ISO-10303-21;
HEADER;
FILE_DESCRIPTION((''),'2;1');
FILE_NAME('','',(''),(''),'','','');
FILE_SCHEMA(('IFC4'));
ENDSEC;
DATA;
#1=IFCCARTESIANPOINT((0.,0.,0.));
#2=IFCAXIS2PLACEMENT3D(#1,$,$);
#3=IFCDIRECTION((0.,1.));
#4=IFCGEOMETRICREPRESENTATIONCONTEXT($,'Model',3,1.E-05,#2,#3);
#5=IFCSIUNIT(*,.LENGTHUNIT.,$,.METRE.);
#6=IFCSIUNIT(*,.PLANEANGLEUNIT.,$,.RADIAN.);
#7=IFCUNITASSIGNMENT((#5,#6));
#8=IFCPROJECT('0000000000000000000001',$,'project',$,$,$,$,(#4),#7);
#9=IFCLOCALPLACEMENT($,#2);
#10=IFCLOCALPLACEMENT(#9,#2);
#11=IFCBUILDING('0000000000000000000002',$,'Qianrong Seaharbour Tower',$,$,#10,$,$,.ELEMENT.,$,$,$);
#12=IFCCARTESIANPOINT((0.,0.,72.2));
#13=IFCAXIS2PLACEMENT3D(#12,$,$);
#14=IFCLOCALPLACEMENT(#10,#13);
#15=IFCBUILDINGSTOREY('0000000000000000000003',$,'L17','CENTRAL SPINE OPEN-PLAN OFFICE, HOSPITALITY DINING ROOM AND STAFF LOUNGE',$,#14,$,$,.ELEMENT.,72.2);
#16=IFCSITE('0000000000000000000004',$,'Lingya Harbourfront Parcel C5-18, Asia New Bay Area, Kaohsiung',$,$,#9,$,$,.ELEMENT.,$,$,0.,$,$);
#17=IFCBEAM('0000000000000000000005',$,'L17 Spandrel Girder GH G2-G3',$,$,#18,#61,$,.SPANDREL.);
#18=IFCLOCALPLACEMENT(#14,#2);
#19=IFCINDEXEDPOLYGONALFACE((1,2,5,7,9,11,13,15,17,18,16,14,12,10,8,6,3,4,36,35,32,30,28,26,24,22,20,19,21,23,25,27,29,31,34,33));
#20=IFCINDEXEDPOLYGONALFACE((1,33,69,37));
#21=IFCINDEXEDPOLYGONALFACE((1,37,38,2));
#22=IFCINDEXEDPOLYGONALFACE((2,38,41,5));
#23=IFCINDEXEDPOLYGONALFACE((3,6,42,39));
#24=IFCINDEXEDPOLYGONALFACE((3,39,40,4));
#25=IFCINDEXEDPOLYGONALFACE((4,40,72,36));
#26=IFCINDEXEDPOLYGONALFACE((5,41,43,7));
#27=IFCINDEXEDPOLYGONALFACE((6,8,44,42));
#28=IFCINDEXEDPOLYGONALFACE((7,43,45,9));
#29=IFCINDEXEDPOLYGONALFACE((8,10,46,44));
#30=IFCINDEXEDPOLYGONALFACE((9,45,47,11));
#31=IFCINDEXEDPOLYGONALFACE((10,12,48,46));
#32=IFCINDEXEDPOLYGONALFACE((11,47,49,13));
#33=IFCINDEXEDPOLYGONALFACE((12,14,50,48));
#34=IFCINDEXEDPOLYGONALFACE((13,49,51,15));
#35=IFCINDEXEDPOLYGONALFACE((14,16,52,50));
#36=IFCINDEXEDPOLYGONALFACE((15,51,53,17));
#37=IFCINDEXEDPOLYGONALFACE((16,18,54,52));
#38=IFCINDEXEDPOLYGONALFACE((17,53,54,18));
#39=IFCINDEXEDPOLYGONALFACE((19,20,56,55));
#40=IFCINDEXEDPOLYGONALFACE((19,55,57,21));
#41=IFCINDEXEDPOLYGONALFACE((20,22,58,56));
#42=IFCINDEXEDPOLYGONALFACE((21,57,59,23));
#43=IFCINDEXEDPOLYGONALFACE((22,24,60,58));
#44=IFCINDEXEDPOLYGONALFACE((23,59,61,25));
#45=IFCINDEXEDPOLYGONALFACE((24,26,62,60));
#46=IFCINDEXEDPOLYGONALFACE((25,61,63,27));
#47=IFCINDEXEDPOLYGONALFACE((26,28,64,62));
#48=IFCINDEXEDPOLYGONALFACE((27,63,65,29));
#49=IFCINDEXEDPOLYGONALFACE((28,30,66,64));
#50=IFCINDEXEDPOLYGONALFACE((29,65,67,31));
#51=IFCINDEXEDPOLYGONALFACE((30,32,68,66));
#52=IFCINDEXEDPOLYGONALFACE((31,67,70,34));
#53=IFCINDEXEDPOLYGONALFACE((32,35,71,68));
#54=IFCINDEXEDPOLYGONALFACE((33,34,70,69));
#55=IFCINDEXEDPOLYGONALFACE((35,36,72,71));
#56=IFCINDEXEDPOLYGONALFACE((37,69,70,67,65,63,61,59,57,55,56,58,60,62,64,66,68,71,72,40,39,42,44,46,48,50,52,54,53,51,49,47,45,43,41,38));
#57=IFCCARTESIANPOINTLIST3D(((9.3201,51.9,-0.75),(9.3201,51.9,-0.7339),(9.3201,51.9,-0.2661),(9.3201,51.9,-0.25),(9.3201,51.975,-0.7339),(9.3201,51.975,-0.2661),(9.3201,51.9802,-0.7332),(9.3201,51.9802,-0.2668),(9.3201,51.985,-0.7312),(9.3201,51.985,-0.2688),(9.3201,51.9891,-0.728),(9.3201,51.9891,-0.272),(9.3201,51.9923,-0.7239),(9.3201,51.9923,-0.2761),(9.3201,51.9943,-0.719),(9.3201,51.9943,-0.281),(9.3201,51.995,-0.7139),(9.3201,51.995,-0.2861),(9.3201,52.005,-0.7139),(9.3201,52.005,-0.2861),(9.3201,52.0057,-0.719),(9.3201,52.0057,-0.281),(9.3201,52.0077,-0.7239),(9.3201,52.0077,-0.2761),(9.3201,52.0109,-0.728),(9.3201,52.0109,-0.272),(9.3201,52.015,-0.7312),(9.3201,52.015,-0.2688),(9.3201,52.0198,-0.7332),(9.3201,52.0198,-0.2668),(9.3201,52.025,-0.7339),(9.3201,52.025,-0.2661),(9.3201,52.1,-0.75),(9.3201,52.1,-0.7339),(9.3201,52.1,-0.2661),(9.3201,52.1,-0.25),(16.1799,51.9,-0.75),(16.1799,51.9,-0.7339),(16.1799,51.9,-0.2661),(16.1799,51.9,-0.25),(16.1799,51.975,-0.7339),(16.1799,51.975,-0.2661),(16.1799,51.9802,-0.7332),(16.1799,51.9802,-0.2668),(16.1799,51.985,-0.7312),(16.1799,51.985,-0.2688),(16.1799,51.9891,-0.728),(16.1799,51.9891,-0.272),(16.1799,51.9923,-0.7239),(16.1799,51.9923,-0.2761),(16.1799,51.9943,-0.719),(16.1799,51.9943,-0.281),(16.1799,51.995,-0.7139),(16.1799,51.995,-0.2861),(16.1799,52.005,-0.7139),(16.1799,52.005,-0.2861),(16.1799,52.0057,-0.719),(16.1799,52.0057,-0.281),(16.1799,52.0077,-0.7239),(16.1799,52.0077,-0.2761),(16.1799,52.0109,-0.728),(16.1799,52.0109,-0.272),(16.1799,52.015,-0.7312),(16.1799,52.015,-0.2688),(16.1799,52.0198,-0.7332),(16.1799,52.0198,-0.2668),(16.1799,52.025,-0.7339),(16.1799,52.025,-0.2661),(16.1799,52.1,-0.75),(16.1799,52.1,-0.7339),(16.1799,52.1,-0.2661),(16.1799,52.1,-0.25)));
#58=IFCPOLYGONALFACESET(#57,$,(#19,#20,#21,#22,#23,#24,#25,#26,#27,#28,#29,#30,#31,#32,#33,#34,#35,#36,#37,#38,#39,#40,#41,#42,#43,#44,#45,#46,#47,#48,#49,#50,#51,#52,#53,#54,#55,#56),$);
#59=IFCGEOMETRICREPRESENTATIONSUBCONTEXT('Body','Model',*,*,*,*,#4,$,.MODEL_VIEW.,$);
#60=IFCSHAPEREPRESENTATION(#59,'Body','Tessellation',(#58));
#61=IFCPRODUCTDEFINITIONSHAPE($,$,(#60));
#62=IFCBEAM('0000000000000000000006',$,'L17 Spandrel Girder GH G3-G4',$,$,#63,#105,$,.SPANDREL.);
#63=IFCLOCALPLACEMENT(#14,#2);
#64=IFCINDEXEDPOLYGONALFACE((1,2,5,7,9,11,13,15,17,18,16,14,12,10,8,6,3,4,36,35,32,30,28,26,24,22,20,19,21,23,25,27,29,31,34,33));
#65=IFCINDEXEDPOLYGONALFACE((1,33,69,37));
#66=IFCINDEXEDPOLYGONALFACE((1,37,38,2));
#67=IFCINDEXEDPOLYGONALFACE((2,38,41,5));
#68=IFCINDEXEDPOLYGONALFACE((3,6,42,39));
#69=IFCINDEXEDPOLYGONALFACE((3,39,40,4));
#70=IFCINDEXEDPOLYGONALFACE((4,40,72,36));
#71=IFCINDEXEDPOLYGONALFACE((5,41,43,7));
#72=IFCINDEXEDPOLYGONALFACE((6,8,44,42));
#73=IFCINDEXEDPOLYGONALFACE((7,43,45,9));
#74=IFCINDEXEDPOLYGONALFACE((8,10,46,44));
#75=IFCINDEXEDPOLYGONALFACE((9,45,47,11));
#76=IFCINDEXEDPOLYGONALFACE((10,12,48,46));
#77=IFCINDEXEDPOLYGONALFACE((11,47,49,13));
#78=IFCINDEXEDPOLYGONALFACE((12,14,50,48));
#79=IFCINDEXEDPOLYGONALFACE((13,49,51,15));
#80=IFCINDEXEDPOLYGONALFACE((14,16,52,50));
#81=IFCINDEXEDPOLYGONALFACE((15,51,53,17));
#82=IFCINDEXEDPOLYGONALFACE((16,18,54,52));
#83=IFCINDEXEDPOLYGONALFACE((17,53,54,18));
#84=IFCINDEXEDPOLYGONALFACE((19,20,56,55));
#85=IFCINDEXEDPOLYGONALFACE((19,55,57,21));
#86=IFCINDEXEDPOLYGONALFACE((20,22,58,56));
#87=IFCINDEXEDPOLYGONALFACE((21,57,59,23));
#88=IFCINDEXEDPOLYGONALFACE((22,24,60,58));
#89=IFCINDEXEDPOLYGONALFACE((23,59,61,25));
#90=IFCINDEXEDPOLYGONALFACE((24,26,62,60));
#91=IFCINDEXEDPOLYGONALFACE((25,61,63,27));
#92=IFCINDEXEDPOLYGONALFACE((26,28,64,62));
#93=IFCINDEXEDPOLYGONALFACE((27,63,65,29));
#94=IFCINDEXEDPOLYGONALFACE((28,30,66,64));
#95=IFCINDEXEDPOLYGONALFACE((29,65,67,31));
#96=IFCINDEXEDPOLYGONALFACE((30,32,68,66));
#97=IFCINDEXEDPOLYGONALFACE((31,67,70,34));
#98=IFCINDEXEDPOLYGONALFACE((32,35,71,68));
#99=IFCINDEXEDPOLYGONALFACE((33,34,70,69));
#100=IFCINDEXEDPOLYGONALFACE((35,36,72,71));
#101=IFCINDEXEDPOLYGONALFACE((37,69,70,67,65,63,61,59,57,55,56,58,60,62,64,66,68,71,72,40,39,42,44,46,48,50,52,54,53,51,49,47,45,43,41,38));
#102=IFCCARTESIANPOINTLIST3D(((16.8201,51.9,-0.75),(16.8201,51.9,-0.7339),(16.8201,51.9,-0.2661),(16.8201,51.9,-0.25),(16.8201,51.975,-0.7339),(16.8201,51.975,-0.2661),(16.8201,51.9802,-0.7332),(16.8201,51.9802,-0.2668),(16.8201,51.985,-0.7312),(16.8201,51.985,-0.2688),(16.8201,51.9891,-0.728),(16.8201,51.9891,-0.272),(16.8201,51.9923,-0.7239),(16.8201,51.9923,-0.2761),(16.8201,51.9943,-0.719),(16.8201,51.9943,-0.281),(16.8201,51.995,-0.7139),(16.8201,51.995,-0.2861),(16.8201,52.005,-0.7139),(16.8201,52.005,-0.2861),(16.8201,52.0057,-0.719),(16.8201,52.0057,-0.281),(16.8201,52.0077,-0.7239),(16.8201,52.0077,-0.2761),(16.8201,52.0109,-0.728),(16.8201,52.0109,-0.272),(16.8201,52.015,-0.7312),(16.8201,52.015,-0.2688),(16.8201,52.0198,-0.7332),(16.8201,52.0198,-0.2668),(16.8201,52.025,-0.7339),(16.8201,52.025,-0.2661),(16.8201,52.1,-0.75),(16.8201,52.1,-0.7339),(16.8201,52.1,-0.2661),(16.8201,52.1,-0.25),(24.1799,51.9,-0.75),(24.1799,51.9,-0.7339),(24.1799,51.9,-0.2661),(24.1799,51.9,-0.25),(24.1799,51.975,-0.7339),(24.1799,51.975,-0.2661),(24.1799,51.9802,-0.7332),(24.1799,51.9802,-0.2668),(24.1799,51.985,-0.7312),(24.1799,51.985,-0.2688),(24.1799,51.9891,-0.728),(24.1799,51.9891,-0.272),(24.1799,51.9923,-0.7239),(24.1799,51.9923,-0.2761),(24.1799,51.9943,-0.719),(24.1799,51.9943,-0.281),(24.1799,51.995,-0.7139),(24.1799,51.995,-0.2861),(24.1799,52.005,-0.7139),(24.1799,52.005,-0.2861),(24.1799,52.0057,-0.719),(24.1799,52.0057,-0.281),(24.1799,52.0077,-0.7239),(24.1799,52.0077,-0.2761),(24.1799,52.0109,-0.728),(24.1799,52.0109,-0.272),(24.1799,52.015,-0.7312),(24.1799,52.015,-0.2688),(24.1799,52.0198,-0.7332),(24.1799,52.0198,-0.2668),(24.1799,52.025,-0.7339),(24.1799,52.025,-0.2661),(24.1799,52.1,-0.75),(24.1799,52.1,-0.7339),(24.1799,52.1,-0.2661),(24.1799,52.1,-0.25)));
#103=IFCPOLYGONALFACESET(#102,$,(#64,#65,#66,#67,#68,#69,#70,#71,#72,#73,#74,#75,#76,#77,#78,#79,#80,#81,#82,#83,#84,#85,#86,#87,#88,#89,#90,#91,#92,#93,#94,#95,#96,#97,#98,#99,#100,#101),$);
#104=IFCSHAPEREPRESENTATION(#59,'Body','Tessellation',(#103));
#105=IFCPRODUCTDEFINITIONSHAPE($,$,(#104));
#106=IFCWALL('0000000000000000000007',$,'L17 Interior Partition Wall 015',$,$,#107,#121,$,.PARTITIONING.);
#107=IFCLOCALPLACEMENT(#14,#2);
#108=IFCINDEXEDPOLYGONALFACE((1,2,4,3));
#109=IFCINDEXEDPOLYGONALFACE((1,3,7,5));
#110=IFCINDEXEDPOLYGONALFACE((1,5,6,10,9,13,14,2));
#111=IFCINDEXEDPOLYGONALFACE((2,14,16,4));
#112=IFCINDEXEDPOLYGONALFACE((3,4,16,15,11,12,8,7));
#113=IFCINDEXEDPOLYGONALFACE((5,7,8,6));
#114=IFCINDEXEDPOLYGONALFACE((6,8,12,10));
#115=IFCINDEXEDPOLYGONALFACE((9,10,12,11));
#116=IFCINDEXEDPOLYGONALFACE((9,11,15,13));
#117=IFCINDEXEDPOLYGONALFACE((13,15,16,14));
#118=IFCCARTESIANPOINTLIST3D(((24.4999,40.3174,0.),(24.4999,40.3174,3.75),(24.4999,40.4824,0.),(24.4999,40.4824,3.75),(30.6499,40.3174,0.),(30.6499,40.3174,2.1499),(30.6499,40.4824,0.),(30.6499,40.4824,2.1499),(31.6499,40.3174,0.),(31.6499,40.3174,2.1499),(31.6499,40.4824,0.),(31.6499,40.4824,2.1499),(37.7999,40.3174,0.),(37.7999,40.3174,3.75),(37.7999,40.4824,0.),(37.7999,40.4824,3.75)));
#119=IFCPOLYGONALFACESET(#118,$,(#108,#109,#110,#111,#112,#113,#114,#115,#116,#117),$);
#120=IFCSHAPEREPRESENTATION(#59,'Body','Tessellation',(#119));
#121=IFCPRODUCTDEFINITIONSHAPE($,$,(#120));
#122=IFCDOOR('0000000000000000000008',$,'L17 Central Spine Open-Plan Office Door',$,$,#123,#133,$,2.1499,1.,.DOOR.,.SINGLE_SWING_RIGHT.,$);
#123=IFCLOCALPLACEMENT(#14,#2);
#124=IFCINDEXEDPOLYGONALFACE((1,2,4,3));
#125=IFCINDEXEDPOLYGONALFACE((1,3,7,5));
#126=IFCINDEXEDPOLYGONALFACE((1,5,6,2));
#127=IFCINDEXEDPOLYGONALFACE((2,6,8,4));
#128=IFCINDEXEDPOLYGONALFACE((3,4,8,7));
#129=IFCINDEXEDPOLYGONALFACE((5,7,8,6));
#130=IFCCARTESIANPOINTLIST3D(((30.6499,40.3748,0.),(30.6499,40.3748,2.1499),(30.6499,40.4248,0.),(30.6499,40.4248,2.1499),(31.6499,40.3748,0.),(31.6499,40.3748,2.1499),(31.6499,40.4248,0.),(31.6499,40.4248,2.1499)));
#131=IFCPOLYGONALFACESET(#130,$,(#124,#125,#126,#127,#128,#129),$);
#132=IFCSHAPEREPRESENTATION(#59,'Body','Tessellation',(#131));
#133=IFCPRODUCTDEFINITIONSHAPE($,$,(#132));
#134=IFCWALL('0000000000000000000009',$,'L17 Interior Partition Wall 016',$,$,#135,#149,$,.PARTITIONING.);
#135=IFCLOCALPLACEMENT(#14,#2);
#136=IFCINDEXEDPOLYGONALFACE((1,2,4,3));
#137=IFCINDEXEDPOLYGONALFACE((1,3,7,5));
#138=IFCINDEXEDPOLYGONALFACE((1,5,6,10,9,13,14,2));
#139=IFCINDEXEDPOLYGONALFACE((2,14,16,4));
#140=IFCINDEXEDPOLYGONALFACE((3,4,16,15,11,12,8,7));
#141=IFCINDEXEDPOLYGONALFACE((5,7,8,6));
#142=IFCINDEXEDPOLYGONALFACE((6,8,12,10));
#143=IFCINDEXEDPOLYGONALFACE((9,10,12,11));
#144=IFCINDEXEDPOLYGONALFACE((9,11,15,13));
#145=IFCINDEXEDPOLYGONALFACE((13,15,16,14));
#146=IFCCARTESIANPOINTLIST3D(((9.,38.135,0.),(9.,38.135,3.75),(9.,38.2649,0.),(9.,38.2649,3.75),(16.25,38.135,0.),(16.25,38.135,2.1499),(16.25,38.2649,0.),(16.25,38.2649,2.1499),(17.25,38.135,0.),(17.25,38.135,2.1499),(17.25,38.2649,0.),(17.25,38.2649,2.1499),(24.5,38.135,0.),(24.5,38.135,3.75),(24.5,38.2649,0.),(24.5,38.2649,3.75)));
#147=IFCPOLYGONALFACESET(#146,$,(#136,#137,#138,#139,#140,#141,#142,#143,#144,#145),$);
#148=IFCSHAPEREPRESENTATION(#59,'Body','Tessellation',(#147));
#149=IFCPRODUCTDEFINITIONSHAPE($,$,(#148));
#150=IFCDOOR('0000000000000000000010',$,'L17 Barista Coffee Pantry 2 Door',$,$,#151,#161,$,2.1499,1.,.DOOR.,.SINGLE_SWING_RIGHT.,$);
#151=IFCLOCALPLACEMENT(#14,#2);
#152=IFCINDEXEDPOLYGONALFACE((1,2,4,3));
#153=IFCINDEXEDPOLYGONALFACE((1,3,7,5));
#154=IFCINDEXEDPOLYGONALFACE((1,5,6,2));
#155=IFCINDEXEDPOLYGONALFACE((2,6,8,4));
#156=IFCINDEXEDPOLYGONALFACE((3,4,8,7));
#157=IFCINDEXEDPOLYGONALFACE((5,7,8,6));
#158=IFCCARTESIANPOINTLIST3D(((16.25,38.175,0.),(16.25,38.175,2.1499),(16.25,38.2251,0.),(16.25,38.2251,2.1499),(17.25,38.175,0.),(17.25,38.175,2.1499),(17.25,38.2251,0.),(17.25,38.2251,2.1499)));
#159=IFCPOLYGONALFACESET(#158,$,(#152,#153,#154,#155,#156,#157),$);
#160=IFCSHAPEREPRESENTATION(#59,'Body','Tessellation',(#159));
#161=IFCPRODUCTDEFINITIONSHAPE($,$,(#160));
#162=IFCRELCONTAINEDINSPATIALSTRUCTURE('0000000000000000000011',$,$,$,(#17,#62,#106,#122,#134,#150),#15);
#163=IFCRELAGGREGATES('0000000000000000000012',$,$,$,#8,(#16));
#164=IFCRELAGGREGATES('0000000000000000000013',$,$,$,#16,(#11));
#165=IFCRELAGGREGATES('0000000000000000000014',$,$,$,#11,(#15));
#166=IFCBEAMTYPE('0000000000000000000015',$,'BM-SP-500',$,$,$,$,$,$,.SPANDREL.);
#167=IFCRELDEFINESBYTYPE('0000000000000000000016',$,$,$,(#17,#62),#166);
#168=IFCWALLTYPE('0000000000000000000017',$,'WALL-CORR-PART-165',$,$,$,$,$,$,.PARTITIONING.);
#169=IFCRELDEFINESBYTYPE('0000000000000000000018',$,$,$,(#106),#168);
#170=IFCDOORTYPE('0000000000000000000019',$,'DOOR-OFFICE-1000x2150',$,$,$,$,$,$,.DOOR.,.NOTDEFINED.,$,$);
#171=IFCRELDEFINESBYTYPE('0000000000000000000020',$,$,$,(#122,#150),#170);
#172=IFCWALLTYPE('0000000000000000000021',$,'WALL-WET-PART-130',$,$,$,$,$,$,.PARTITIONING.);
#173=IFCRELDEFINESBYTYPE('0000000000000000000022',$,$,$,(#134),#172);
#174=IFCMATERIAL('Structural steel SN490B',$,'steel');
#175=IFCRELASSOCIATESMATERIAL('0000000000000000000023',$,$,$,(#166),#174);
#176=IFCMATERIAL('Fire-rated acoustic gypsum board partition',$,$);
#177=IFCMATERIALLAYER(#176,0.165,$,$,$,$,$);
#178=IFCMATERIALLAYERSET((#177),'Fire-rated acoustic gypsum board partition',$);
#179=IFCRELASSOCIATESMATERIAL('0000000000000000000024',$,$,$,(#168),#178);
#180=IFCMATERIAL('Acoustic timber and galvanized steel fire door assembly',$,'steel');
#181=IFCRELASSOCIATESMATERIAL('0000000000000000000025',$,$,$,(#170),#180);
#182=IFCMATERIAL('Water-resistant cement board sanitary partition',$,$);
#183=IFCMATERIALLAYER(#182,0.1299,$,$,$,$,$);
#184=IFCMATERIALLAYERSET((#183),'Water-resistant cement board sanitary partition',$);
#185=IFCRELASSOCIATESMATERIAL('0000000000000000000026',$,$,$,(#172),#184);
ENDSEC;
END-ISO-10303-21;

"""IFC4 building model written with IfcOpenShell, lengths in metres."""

from ifc_helpers import new_model, si_unit, direction, frame, frame_2d, origin, origin_2d, place, context, subcontext, project, spatial, rectangle, i_section, extrude, material, layer, layer_set, material_profile, profile_set, type_object, element, fill, save


model = new_model("IFC4")

# Units and contexts
model_context = context("Model", 3, precision=1e-05, world=origin(), true_north=direction((0.0, 1.0)))
body_context = subcontext(model_context, "Body", "Model", "MODEL_VIEW")
ifc_project = project(units=[si_unit("LENGTHUNIT", "METRE"), si_unit("PLANEANGLEUNIT", "RADIAN")], contexts=[model_context])

# Site, building, storey
site_placement = place(None, origin())
site = spatial("IfcSite", under=ifc_project, at=site_placement, Name="Lingya Harbourfront Parcel C5-18, Asia New Bay Area, Kaohsiung", CompositionType="ELEMENT", RefElevation=0.0)
building_placement = place(site_placement, origin())
building = spatial("IfcBuilding", under=site, at=building_placement, Name="Qianrong Seaharbour Tower", CompositionType="ELEMENT")
storey_placement = place(building_placement, frame((0.0, 0.0, 72.2)))
storey = spatial("IfcBuildingStorey", under=building, at=storey_placement, Name="L17", Description="CENTRAL SPINE OPEN-PLAN OFFICE, HOSPITALITY DINING ROOM AND STAFF LOUNGE", CompositionType="ELEMENT", Elevation=72.2)

# Shared definitions
ifc_material_1 = material(Name="Structural steel SN490B", Category="steel")

# Beams
ifc_material_profile_1 = material_profile(ifc_material_1, i_section(OverallWidth=0.2, OverallDepth=0.5, WebThickness=0.01, FlangeThickness=0.0161, FilletRadius=0.02, at=origin_2d()), Name="H500x200x10x16")
ifc_profile_set_1 = profile_set([ifc_material_profile_1], Name="Structural steel SN490B")
beam_type_1 = type_object("IfcBeamType", Name="BM-SP-500", PredefinedType="SPANDREL", material=ifc_profile_set_1)
beam_1_placement = place(storey_placement, frame((9.3201, 52.0, -0.5), z_axis=(1.0, 0.0, 0.0), x_axis=(0.0, 1.0, 0.0)))
element("IfcBeam", 1, at=beam_1_placement, inside=storey, type_object=beam_type_1, Name="L17 Spandrel Girder GH G2-G3", PredefinedType="SPANDREL", context=body_context, shape_type="SweptSolid", body=[
    extrude(i_section(OverallWidth=0.2, OverallDepth=0.5, WebThickness=0.01, FlangeThickness=0.0161, FilletRadius=0.02, at=origin_2d()), origin(), (0.0, 0.0, 1.0), 6.8599),
])
beam_2_placement = place(storey_placement, frame((16.8201, 52.0, -0.5), z_axis=(1.0, 0.0, 0.0), x_axis=(0.0, 1.0, 0.0)))
element("IfcBeam", 2, at=beam_2_placement, inside=storey, type_object=beam_type_1, Name="L17 Spandrel Girder GH G3-G4", PredefinedType="SPANDREL", context=body_context, shape_type="SweptSolid", body=[
    extrude(i_section(OverallWidth=0.2, OverallDepth=0.5, WebThickness=0.01, FlangeThickness=0.0161, FilletRadius=0.02, at=origin_2d()), origin(), (0.0, 0.0, 1.0), 7.3599),
])

# Walls, openings, doors
ifc_material_2 = material(Name="Fire-rated acoustic gypsum board partition")
ifc_layer_1 = layer(ifc_material_2, 0.165)
ifc_layer_set_1 = layer_set([ifc_layer_1], Name="Fire-rated acoustic gypsum board partition")
wall_type_1 = type_object("IfcWallType", Name="WALL-CORR-PART-165", PredefinedType="PARTITIONING", material=ifc_layer_set_1)
wall_1_placement = place(storey_placement, frame((24.5, 40.3999, 0.0), z_axis=(0.0, 0.0, 1.0), x_axis=(1.0, 0.0, 0.0)))
wall_1 = element("IfcWall", 3, at=wall_1_placement, inside=storey, type_object=wall_type_1, Name="L17 Interior Partition Wall 015", PredefinedType="PARTITIONING", context=body_context, shape_type="SweptSolid", body=[
    extrude(rectangle(XDim=13.3, YDim=0.165, at=frame_2d((6.6499, 0.0))), origin(), (0.0, 0.0, 1.0), 3.75),
])
opening_1_placement = place(wall_1_placement, frame((6.1499, 0.0, 0.0)))
opening_1 = element("IfcOpeningElement", 4, at=opening_1_placement, cuts=wall_1, PredefinedType="OPENING", context=body_context, shape_type="SweptSolid", body=[
    extrude(rectangle(XDim=1.0, YDim=2.1499, at=frame_2d((0.5, 1.075))), frame((0.0, 0.0925, 0.0), z_axis=(0.0, -1.0, 0.0), x_axis=(1.0, 0.0, 0.0)), (0.0, 0.0, 1.0), 0.1851),
])
ifc_material_3 = material(Name="Acoustic timber and galvanized steel fire door assembly", Category="steel")
door_type = type_object("IfcDoorType", Name="DOOR-OFFICE-1000x2150", OperationType="NOTDEFINED", PredefinedType="DOOR", material=ifc_material_3)
door_1_placement = place(opening_1_placement, origin())
door_1 = element("IfcDoor", 5, at=door_1_placement, inside=storey, type_object=door_type, Name="L17 Central Spine Open-Plan Office Door", OperationType="SINGLE_SWING_RIGHT", OverallHeight=2.1499, OverallWidth=1.0, PredefinedType="DOOR", context=body_context, shape_type="SweptSolid", body=[
    extrude(rectangle(XDim=1.0, YDim=2.1499, at=frame_2d((0.5, 1.075))), frame((0.0, 0.0249, 0.0), z_axis=(0.0, -1.0, 0.0), x_axis=(1.0, 0.0, 0.0)), (0.0, 0.0, 1.0), 0.05),
])
fill(opening_1, door_1)
ifc_material_4 = material(Name="Water-resistant cement board sanitary partition")
ifc_layer_2 = layer(ifc_material_4, 0.1299)
ifc_layer_set_2 = layer_set([ifc_layer_2], Name="Water-resistant cement board sanitary partition")
wall_type_2 = type_object("IfcWallType", Name="WALL-WET-PART-130", PredefinedType="PARTITIONING", material=ifc_layer_set_2)
wall_2_placement = place(storey_placement, frame((24.5, 38.2, 0.0), z_axis=(0.0, 0.0, 1.0), x_axis=(-1.0, 0.0, 0.0)))
wall_2 = element("IfcWall", 6, at=wall_2_placement, inside=storey, type_object=wall_type_2, Name="L17 Interior Partition Wall 016", PredefinedType="PARTITIONING", context=body_context, shape_type="SweptSolid", body=[
    extrude(rectangle(XDim=15.5, YDim=0.1299, at=frame_2d((7.75, 0.0))), origin(), (0.0, 0.0, 1.0), 3.75),
])
opening_2_placement = place(wall_2_placement, frame((7.25, 0.0, 0.0)))
opening_2 = element("IfcOpeningElement", 7, at=opening_2_placement, cuts=wall_2, PredefinedType="OPENING", context=body_context, shape_type="SweptSolid", body=[
    extrude(rectangle(XDim=1.0, YDim=2.1499, at=frame_2d((0.5, 1.075))), frame((0.0, 0.075, 0.0), z_axis=(0.0, -1.0, 0.0), x_axis=(1.0, 0.0, 0.0)), (0.0, 0.0, 1.0), 0.1499),
])
door_2_placement = place(opening_2_placement, origin())
door_2 = element("IfcDoor", 8, at=door_2_placement, inside=storey, type_object=door_type, Name="L17 Barista Coffee Pantry 2 Door", OperationType="SINGLE_SWING_RIGHT", OverallHeight=2.1499, OverallWidth=1.0, PredefinedType="DOOR", context=body_context, shape_type="SweptSolid", body=[
    extrude(rectangle(XDim=1.0, YDim=2.1499, at=frame_2d((0.5, 1.075))), frame((0.0, 0.0249, 0.0), z_axis=(0.0, -1.0, 0.0), x_axis=(1.0, 0.0, 0.0)), (0.0, 0.0, 1.0), 0.05),
])
fill(opening_2, door_2)

save(model, "model.ifc")
